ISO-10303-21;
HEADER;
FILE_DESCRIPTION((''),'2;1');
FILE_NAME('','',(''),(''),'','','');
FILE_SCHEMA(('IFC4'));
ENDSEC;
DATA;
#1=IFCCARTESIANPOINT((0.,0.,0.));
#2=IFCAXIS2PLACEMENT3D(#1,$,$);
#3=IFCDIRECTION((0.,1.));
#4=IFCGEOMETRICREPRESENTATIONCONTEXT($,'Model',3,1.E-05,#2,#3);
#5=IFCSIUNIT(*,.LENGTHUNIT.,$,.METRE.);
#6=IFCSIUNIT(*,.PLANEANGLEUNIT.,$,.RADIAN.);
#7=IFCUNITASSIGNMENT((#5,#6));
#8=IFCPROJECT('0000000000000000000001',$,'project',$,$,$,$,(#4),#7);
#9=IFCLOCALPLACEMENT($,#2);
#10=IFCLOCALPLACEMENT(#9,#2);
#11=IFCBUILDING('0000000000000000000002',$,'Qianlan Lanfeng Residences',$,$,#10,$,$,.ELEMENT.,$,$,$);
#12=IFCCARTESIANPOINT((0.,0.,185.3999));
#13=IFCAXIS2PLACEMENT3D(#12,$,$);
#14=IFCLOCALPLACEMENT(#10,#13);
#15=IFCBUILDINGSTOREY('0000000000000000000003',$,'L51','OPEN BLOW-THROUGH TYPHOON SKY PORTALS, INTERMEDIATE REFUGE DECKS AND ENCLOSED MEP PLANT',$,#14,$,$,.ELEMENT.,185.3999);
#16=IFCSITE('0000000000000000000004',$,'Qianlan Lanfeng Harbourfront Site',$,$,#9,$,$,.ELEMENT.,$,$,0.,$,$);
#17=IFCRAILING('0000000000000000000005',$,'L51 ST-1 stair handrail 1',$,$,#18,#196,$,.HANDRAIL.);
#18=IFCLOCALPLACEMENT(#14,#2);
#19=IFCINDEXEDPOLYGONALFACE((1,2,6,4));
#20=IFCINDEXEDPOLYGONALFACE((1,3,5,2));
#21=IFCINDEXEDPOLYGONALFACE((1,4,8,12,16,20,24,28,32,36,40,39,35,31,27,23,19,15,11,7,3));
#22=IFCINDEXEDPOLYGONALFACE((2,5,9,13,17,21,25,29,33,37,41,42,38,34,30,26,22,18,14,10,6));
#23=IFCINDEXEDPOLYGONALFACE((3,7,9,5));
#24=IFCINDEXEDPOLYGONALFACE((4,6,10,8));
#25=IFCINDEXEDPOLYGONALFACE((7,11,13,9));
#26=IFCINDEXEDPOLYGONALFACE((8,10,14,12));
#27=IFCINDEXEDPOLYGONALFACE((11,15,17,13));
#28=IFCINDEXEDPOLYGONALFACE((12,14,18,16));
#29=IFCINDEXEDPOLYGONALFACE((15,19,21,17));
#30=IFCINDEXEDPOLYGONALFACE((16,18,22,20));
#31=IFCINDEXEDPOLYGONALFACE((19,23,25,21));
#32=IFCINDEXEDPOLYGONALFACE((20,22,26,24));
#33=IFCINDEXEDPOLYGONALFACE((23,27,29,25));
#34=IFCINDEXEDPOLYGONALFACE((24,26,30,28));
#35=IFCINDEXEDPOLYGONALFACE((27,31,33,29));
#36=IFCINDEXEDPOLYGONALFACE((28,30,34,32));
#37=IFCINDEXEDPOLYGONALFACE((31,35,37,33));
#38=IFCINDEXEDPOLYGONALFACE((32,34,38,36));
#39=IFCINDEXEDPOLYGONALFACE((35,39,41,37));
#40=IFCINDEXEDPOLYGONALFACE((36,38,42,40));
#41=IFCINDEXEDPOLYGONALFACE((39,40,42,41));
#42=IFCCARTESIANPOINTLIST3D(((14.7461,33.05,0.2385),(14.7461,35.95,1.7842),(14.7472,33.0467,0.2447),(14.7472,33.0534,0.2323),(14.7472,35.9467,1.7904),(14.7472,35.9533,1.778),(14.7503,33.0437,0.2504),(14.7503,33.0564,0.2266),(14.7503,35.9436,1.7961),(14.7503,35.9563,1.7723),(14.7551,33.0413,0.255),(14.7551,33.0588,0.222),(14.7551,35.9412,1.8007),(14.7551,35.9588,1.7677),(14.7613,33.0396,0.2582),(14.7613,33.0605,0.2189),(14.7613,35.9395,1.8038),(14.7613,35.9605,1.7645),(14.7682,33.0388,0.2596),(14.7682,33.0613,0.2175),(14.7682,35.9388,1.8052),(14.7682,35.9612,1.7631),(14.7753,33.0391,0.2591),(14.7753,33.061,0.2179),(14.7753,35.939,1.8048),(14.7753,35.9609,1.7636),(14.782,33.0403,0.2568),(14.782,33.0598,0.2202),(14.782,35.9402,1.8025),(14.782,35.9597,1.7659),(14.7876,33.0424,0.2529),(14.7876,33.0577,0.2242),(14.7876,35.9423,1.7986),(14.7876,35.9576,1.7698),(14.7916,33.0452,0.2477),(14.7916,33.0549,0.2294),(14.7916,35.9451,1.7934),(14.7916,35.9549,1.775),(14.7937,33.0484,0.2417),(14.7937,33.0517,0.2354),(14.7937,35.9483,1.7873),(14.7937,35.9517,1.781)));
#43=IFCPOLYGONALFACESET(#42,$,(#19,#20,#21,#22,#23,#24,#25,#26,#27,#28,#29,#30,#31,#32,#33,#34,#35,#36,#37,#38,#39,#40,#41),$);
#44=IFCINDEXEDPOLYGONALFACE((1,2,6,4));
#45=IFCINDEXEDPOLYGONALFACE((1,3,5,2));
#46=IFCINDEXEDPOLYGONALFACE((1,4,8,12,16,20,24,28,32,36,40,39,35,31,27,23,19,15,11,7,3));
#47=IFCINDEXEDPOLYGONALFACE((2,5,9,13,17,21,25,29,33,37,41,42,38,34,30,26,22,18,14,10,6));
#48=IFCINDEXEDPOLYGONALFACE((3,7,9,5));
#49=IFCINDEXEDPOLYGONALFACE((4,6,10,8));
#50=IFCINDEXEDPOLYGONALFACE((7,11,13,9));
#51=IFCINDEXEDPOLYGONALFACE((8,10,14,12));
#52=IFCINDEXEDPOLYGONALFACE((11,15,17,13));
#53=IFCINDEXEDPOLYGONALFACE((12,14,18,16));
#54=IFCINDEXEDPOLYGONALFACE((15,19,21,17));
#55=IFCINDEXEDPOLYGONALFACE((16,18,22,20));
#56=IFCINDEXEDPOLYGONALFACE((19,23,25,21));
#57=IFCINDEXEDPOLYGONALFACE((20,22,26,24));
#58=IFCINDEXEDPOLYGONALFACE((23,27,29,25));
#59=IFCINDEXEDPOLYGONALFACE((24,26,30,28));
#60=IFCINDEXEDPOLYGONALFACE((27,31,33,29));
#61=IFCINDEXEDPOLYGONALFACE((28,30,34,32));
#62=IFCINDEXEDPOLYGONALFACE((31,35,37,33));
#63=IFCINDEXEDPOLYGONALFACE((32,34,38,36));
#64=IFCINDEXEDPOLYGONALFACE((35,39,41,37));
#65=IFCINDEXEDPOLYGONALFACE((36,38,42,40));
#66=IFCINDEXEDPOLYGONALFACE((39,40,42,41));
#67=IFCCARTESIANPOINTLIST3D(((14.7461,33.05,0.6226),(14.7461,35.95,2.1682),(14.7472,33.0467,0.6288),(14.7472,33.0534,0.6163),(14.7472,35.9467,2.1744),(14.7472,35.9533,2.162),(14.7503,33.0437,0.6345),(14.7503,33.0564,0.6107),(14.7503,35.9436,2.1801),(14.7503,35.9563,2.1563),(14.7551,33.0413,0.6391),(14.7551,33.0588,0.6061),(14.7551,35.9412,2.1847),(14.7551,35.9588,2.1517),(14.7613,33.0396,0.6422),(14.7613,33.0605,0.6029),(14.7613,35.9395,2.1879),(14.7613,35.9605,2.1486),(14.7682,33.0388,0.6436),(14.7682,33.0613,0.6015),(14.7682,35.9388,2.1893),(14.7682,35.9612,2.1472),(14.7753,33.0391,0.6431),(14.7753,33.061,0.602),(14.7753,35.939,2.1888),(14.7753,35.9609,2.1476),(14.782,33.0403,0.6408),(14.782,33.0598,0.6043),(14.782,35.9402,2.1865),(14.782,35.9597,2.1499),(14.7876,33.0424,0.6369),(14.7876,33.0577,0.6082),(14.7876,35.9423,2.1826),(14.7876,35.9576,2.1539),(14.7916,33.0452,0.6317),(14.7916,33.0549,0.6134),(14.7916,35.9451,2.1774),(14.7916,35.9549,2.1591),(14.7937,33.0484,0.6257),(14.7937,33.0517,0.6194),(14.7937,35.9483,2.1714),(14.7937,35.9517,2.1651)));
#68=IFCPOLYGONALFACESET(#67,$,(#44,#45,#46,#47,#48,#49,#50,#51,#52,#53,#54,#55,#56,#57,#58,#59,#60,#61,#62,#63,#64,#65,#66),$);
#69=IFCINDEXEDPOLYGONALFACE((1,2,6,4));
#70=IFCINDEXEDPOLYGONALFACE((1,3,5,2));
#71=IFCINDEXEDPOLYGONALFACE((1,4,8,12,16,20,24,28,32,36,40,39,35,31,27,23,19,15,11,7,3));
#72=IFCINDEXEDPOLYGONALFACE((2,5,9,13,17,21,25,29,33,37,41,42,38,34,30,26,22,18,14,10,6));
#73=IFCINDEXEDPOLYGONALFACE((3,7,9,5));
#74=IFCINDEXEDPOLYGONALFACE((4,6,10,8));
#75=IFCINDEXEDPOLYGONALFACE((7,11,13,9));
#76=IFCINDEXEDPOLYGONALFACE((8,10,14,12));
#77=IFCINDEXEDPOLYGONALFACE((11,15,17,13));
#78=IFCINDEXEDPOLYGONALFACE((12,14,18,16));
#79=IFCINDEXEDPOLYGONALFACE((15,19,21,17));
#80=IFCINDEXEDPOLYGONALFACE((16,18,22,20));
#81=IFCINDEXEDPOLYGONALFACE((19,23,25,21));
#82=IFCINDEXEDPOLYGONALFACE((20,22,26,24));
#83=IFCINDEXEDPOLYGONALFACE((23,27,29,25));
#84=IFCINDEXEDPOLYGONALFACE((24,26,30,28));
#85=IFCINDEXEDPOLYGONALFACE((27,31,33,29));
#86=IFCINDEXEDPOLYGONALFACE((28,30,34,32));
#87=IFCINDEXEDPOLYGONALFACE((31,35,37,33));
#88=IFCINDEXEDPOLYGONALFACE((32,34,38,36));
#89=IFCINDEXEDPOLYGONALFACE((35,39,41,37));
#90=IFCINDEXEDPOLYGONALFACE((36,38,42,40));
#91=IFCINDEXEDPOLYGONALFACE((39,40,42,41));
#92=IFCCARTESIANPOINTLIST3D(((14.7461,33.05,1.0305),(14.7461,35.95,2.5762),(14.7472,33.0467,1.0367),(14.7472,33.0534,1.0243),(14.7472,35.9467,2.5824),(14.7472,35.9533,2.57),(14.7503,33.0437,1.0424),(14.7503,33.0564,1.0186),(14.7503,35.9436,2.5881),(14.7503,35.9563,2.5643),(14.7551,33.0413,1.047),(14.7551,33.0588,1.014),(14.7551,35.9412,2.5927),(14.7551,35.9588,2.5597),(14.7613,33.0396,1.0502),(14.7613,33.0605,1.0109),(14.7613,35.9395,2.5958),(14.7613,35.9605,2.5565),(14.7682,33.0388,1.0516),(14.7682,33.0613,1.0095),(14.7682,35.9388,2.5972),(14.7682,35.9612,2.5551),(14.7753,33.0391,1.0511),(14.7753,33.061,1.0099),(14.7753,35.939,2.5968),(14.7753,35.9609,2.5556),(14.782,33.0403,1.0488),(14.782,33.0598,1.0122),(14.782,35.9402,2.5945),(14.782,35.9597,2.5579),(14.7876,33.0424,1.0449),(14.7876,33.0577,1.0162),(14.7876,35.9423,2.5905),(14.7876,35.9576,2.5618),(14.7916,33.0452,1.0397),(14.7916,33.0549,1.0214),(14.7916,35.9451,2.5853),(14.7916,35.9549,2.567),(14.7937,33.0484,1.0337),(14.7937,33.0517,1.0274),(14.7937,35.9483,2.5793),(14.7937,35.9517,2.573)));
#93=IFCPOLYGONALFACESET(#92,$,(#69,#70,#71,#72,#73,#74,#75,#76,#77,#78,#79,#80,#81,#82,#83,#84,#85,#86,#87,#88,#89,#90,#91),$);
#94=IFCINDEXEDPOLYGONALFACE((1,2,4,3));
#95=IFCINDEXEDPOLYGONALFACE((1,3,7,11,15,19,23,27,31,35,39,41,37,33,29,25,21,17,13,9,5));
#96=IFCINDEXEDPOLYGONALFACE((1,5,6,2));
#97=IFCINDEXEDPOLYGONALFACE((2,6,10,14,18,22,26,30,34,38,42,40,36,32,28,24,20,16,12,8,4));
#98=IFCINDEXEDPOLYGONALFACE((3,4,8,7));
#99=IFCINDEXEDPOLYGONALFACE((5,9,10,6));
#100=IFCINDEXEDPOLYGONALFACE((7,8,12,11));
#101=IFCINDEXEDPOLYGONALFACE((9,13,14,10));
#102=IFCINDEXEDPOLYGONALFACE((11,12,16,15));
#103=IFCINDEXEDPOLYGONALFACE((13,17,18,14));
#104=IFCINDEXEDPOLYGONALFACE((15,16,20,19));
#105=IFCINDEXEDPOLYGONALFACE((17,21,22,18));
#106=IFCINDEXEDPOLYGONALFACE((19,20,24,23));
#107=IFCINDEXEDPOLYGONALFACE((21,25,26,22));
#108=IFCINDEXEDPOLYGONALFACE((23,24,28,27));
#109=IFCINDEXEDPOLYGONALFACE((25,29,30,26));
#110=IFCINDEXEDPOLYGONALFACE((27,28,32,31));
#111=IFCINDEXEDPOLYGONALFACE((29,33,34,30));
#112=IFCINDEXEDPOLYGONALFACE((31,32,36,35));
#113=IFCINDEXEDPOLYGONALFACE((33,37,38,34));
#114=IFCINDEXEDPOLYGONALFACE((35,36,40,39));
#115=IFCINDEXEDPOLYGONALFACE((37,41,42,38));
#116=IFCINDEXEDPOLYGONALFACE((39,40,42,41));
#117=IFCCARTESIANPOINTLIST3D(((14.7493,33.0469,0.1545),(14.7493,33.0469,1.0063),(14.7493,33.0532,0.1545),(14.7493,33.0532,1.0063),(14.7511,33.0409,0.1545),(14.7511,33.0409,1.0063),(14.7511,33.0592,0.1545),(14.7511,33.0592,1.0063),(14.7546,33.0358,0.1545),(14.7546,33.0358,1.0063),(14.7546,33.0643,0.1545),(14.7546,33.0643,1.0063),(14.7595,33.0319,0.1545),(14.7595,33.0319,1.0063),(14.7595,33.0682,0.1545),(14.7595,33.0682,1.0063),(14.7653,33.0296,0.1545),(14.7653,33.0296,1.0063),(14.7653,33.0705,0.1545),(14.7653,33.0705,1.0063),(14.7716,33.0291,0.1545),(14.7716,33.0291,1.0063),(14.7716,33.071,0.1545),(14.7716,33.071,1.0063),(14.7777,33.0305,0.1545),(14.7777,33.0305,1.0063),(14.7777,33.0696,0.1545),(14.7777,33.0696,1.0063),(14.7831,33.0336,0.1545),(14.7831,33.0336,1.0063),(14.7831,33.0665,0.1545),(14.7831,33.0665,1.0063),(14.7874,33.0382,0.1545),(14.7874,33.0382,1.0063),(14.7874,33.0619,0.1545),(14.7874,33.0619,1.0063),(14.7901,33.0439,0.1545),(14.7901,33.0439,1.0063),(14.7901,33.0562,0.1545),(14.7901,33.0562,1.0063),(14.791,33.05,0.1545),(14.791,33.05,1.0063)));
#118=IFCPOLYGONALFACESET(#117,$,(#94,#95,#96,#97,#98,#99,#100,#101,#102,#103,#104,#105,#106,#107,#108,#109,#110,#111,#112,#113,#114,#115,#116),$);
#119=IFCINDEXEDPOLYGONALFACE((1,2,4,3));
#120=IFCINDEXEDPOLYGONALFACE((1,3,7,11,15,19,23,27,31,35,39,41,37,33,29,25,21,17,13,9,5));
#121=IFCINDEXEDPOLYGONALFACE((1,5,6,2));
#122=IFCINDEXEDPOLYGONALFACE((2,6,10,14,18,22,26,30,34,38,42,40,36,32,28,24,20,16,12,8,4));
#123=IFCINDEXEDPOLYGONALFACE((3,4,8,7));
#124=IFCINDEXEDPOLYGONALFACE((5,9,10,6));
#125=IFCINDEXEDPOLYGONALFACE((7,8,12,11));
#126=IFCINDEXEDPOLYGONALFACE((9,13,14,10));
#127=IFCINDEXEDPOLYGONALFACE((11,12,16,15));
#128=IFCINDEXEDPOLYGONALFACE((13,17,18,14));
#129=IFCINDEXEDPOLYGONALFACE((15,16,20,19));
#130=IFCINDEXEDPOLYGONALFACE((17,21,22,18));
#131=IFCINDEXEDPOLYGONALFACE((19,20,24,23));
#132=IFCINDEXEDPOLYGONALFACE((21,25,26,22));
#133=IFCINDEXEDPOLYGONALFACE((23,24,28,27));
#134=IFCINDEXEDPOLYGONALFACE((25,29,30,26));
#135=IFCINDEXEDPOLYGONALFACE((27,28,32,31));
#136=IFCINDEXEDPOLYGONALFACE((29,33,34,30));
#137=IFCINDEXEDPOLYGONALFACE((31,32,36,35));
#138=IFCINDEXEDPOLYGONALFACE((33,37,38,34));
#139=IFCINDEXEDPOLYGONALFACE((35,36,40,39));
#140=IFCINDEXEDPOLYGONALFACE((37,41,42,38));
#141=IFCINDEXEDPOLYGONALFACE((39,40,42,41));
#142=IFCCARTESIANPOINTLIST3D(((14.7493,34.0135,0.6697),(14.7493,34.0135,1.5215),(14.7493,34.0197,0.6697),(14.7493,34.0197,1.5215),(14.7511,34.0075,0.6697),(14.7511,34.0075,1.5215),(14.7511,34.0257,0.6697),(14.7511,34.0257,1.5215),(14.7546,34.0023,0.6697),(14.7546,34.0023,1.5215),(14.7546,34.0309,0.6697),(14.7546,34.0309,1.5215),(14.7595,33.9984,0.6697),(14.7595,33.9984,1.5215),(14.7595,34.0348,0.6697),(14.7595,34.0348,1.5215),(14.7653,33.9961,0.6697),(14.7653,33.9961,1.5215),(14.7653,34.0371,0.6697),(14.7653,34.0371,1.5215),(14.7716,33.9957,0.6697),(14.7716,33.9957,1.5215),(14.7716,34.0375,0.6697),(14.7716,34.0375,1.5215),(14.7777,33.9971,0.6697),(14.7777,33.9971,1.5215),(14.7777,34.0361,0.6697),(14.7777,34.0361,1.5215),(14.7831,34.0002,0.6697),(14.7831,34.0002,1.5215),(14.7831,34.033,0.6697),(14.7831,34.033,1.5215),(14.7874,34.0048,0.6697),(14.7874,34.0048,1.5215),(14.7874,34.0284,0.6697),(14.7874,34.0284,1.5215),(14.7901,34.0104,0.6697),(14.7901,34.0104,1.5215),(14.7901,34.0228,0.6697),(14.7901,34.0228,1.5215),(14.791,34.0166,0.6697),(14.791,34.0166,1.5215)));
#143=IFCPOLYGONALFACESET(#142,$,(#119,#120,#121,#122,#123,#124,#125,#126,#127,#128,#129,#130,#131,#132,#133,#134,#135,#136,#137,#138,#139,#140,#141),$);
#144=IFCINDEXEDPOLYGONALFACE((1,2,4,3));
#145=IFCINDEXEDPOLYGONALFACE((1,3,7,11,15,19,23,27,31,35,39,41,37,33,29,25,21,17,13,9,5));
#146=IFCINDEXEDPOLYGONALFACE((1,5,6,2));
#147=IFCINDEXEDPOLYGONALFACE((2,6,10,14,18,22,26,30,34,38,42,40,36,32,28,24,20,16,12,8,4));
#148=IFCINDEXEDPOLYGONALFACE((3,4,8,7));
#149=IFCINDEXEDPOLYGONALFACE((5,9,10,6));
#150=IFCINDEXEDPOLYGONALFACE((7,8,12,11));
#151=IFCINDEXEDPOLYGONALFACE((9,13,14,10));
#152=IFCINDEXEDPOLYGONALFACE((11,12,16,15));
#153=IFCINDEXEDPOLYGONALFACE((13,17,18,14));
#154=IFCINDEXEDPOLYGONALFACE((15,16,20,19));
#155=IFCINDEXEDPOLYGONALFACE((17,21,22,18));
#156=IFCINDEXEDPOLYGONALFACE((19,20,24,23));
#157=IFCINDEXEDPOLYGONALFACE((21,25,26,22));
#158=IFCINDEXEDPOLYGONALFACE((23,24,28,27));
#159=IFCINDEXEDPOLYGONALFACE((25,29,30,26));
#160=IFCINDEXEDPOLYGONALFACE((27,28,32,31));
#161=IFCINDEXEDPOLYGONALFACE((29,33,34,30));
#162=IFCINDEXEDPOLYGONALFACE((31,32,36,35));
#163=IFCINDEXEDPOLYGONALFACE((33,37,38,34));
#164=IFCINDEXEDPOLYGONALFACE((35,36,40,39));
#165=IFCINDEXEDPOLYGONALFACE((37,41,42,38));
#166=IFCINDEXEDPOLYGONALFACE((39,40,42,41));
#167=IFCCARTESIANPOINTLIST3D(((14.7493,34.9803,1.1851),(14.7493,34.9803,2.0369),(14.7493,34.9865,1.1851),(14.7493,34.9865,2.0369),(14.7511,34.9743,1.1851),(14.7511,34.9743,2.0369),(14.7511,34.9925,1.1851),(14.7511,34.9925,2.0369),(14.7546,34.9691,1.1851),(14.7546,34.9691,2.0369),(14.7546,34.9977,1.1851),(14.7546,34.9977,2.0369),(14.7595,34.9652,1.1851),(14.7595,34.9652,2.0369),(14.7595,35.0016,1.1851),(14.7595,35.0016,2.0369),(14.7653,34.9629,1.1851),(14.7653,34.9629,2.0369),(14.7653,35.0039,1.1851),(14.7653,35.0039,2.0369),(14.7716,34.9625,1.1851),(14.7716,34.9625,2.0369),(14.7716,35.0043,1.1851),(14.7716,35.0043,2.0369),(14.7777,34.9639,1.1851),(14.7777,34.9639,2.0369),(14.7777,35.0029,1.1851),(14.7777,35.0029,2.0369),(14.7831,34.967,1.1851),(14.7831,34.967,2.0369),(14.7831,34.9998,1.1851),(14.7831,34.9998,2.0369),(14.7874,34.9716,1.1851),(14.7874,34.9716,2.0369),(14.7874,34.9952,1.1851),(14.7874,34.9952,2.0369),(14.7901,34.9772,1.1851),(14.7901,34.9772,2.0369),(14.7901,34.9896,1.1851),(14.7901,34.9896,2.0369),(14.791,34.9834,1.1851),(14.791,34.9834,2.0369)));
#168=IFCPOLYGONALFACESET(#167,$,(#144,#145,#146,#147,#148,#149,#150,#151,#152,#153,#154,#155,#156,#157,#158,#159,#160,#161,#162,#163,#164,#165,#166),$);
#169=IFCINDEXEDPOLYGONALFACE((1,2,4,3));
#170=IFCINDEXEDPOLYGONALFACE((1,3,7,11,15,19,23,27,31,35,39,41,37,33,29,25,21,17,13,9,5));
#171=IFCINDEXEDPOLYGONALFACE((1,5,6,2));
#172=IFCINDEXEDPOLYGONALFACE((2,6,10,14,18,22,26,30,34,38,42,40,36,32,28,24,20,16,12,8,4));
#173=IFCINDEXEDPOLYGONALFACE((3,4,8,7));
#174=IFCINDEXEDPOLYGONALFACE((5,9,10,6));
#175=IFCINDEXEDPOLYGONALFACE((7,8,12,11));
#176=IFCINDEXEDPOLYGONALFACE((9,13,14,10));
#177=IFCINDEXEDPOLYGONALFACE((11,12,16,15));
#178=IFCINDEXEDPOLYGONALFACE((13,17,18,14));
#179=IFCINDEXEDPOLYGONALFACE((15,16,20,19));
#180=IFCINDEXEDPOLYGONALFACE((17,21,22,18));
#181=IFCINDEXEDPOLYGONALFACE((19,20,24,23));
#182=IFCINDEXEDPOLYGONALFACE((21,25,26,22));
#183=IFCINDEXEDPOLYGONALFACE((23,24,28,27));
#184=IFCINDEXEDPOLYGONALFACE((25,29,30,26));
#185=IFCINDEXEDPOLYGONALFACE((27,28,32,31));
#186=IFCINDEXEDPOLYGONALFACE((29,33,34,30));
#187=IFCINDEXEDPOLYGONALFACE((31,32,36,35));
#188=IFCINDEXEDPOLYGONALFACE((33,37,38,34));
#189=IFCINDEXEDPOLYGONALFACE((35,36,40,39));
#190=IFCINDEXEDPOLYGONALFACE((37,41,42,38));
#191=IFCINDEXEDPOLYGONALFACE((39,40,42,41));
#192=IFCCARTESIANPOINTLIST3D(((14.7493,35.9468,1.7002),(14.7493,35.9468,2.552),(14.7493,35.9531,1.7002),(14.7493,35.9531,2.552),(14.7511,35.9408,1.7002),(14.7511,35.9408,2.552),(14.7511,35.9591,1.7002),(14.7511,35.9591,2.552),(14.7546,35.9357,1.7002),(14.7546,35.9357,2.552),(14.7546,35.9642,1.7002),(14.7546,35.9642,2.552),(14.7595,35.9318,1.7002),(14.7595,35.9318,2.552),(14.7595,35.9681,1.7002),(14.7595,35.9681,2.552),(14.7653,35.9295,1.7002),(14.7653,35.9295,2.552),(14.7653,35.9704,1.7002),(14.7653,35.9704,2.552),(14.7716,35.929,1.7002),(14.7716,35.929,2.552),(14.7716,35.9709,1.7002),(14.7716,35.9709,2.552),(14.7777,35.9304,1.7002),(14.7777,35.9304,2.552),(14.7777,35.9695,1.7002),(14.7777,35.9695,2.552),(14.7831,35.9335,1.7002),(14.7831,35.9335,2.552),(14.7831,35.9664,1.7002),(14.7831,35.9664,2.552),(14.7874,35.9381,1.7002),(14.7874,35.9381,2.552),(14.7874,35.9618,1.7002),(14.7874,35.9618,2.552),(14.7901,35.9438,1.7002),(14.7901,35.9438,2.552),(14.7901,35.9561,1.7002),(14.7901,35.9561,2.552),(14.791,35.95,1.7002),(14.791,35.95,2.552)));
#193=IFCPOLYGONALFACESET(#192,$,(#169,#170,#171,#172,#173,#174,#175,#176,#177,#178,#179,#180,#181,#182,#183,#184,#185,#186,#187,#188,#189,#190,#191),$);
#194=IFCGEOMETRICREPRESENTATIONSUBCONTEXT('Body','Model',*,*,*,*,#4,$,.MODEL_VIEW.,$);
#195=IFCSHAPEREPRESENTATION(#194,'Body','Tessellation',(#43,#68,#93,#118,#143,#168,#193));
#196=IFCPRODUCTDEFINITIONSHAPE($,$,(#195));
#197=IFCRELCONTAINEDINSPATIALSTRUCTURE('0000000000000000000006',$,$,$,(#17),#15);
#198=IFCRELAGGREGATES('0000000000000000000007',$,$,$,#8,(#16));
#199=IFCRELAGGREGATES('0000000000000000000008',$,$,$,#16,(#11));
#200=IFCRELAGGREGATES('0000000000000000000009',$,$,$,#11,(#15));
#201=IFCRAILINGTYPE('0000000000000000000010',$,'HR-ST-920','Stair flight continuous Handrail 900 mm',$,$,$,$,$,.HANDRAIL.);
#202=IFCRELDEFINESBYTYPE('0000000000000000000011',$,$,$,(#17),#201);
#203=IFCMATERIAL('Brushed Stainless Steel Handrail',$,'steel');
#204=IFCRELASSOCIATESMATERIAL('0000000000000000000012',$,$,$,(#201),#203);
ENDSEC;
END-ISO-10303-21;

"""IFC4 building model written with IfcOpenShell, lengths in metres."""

from ifc_helpers import new_model, si_unit, direction, frame, origin, origin_2d, place, context, subcontext, project, spatial, circle, extrude, material, type_object, element, save


model = new_model("IFC4")

# Units and contexts
model_context = context("Model", 3, precision=1e-05, world=origin(), true_north=direction((0.0, 1.0)))
body_context = subcontext(model_context, "Body", "Model", "MODEL_VIEW")
ifc_project = project(units=[si_unit("LENGTHUNIT", "METRE"), si_unit("PLANEANGLEUNIT", "RADIAN")], contexts=[model_context])

# Site, building, storey
site_placement = place(None, origin())
site = spatial("IfcSite", under=ifc_project, at=site_placement, Name="Qianlan Lanfeng Harbourfront Site", CompositionType="ELEMENT", RefElevation=0.0)
building_placement = place(site_placement, origin())
building = spatial("IfcBuilding", under=site, at=building_placement, Name="Qianlan Lanfeng Residences", CompositionType="ELEMENT")
storey_placement = place(building_placement, frame((0.0, 0.0, 185.3999)))
storey = spatial("IfcBuildingStorey", under=building, at=storey_placement, Name="L51", Description="OPEN BLOW-THROUGH TYPHOON SKY PORTALS, INTERMEDIATE REFUGE DECKS AND ENCLOSED MEP PLANT", CompositionType="ELEMENT", Elevation=185.3999)

# Railing
ifc_material_1 = material(Name="Brushed Stainless Steel Handrail", Category="steel")
railing_type_1 = type_object("IfcRailingType", Name="HR-ST-920", Description="Stair flight continuous Handrail 900 mm", PredefinedType="HANDRAIL", material=ifc_material_1)
railing_1_placement = place(storey_placement, frame((14.77, 33.05, 0.1545)))
element("IfcRailing", 1, at=railing_1_placement, inside=storey, type_object=railing_type_1, Name="L51 ST-1 stair handrail 1", PredefinedType="HANDRAIL", context=body_context, shape_type="SweptSolid", body=[
    extrude(circle(Radius=0.0239, at=origin_2d()), frame((0.0, 0.0, 0.084), z_axis=(0.0, 0.882474, 0.470361), x_axis=(-1.0, 0.0, 0.0)), (0.0, 0.0, 1.0), 3.2861),
    extrude(circle(Radius=0.0239, at=origin_2d()), frame((0.0, 0.0, 0.468), z_axis=(0.0, 0.882474, 0.470361), x_axis=(-1.0, 0.0, 0.0)), (0.0, 0.0, 1.0), 3.2861),
    extrude(circle(Radius=0.0239, at=origin_2d()), frame((0.0, 0.0, 0.876), z_axis=(0.0, 0.882474, 0.470361), x_axis=(-1.0, 0.0, 0.0)), (0.0, 0.0, 1.0), 3.2861),
    extrude(circle(Radius=0.021, at=origin_2d()), origin(), (0.0, 0.0, 1.0), 0.8518),
    extrude(circle(Radius=0.021, at=origin_2d()), frame((0.0, 0.9666, 0.5151)), (0.0, 0.0, 1.0), 0.8518),
    extrude(circle(Radius=0.021, at=origin_2d()), frame((0.0, 1.9333, 1.0305)), (0.0, 0.0, 1.0), 0.8518),
    extrude(circle(Radius=0.021, at=origin_2d()), frame((0.0, 2.8999, 1.5457)), (0.0, 0.0, 1.0), 0.8518),
])

save(model, "model.ifc")
